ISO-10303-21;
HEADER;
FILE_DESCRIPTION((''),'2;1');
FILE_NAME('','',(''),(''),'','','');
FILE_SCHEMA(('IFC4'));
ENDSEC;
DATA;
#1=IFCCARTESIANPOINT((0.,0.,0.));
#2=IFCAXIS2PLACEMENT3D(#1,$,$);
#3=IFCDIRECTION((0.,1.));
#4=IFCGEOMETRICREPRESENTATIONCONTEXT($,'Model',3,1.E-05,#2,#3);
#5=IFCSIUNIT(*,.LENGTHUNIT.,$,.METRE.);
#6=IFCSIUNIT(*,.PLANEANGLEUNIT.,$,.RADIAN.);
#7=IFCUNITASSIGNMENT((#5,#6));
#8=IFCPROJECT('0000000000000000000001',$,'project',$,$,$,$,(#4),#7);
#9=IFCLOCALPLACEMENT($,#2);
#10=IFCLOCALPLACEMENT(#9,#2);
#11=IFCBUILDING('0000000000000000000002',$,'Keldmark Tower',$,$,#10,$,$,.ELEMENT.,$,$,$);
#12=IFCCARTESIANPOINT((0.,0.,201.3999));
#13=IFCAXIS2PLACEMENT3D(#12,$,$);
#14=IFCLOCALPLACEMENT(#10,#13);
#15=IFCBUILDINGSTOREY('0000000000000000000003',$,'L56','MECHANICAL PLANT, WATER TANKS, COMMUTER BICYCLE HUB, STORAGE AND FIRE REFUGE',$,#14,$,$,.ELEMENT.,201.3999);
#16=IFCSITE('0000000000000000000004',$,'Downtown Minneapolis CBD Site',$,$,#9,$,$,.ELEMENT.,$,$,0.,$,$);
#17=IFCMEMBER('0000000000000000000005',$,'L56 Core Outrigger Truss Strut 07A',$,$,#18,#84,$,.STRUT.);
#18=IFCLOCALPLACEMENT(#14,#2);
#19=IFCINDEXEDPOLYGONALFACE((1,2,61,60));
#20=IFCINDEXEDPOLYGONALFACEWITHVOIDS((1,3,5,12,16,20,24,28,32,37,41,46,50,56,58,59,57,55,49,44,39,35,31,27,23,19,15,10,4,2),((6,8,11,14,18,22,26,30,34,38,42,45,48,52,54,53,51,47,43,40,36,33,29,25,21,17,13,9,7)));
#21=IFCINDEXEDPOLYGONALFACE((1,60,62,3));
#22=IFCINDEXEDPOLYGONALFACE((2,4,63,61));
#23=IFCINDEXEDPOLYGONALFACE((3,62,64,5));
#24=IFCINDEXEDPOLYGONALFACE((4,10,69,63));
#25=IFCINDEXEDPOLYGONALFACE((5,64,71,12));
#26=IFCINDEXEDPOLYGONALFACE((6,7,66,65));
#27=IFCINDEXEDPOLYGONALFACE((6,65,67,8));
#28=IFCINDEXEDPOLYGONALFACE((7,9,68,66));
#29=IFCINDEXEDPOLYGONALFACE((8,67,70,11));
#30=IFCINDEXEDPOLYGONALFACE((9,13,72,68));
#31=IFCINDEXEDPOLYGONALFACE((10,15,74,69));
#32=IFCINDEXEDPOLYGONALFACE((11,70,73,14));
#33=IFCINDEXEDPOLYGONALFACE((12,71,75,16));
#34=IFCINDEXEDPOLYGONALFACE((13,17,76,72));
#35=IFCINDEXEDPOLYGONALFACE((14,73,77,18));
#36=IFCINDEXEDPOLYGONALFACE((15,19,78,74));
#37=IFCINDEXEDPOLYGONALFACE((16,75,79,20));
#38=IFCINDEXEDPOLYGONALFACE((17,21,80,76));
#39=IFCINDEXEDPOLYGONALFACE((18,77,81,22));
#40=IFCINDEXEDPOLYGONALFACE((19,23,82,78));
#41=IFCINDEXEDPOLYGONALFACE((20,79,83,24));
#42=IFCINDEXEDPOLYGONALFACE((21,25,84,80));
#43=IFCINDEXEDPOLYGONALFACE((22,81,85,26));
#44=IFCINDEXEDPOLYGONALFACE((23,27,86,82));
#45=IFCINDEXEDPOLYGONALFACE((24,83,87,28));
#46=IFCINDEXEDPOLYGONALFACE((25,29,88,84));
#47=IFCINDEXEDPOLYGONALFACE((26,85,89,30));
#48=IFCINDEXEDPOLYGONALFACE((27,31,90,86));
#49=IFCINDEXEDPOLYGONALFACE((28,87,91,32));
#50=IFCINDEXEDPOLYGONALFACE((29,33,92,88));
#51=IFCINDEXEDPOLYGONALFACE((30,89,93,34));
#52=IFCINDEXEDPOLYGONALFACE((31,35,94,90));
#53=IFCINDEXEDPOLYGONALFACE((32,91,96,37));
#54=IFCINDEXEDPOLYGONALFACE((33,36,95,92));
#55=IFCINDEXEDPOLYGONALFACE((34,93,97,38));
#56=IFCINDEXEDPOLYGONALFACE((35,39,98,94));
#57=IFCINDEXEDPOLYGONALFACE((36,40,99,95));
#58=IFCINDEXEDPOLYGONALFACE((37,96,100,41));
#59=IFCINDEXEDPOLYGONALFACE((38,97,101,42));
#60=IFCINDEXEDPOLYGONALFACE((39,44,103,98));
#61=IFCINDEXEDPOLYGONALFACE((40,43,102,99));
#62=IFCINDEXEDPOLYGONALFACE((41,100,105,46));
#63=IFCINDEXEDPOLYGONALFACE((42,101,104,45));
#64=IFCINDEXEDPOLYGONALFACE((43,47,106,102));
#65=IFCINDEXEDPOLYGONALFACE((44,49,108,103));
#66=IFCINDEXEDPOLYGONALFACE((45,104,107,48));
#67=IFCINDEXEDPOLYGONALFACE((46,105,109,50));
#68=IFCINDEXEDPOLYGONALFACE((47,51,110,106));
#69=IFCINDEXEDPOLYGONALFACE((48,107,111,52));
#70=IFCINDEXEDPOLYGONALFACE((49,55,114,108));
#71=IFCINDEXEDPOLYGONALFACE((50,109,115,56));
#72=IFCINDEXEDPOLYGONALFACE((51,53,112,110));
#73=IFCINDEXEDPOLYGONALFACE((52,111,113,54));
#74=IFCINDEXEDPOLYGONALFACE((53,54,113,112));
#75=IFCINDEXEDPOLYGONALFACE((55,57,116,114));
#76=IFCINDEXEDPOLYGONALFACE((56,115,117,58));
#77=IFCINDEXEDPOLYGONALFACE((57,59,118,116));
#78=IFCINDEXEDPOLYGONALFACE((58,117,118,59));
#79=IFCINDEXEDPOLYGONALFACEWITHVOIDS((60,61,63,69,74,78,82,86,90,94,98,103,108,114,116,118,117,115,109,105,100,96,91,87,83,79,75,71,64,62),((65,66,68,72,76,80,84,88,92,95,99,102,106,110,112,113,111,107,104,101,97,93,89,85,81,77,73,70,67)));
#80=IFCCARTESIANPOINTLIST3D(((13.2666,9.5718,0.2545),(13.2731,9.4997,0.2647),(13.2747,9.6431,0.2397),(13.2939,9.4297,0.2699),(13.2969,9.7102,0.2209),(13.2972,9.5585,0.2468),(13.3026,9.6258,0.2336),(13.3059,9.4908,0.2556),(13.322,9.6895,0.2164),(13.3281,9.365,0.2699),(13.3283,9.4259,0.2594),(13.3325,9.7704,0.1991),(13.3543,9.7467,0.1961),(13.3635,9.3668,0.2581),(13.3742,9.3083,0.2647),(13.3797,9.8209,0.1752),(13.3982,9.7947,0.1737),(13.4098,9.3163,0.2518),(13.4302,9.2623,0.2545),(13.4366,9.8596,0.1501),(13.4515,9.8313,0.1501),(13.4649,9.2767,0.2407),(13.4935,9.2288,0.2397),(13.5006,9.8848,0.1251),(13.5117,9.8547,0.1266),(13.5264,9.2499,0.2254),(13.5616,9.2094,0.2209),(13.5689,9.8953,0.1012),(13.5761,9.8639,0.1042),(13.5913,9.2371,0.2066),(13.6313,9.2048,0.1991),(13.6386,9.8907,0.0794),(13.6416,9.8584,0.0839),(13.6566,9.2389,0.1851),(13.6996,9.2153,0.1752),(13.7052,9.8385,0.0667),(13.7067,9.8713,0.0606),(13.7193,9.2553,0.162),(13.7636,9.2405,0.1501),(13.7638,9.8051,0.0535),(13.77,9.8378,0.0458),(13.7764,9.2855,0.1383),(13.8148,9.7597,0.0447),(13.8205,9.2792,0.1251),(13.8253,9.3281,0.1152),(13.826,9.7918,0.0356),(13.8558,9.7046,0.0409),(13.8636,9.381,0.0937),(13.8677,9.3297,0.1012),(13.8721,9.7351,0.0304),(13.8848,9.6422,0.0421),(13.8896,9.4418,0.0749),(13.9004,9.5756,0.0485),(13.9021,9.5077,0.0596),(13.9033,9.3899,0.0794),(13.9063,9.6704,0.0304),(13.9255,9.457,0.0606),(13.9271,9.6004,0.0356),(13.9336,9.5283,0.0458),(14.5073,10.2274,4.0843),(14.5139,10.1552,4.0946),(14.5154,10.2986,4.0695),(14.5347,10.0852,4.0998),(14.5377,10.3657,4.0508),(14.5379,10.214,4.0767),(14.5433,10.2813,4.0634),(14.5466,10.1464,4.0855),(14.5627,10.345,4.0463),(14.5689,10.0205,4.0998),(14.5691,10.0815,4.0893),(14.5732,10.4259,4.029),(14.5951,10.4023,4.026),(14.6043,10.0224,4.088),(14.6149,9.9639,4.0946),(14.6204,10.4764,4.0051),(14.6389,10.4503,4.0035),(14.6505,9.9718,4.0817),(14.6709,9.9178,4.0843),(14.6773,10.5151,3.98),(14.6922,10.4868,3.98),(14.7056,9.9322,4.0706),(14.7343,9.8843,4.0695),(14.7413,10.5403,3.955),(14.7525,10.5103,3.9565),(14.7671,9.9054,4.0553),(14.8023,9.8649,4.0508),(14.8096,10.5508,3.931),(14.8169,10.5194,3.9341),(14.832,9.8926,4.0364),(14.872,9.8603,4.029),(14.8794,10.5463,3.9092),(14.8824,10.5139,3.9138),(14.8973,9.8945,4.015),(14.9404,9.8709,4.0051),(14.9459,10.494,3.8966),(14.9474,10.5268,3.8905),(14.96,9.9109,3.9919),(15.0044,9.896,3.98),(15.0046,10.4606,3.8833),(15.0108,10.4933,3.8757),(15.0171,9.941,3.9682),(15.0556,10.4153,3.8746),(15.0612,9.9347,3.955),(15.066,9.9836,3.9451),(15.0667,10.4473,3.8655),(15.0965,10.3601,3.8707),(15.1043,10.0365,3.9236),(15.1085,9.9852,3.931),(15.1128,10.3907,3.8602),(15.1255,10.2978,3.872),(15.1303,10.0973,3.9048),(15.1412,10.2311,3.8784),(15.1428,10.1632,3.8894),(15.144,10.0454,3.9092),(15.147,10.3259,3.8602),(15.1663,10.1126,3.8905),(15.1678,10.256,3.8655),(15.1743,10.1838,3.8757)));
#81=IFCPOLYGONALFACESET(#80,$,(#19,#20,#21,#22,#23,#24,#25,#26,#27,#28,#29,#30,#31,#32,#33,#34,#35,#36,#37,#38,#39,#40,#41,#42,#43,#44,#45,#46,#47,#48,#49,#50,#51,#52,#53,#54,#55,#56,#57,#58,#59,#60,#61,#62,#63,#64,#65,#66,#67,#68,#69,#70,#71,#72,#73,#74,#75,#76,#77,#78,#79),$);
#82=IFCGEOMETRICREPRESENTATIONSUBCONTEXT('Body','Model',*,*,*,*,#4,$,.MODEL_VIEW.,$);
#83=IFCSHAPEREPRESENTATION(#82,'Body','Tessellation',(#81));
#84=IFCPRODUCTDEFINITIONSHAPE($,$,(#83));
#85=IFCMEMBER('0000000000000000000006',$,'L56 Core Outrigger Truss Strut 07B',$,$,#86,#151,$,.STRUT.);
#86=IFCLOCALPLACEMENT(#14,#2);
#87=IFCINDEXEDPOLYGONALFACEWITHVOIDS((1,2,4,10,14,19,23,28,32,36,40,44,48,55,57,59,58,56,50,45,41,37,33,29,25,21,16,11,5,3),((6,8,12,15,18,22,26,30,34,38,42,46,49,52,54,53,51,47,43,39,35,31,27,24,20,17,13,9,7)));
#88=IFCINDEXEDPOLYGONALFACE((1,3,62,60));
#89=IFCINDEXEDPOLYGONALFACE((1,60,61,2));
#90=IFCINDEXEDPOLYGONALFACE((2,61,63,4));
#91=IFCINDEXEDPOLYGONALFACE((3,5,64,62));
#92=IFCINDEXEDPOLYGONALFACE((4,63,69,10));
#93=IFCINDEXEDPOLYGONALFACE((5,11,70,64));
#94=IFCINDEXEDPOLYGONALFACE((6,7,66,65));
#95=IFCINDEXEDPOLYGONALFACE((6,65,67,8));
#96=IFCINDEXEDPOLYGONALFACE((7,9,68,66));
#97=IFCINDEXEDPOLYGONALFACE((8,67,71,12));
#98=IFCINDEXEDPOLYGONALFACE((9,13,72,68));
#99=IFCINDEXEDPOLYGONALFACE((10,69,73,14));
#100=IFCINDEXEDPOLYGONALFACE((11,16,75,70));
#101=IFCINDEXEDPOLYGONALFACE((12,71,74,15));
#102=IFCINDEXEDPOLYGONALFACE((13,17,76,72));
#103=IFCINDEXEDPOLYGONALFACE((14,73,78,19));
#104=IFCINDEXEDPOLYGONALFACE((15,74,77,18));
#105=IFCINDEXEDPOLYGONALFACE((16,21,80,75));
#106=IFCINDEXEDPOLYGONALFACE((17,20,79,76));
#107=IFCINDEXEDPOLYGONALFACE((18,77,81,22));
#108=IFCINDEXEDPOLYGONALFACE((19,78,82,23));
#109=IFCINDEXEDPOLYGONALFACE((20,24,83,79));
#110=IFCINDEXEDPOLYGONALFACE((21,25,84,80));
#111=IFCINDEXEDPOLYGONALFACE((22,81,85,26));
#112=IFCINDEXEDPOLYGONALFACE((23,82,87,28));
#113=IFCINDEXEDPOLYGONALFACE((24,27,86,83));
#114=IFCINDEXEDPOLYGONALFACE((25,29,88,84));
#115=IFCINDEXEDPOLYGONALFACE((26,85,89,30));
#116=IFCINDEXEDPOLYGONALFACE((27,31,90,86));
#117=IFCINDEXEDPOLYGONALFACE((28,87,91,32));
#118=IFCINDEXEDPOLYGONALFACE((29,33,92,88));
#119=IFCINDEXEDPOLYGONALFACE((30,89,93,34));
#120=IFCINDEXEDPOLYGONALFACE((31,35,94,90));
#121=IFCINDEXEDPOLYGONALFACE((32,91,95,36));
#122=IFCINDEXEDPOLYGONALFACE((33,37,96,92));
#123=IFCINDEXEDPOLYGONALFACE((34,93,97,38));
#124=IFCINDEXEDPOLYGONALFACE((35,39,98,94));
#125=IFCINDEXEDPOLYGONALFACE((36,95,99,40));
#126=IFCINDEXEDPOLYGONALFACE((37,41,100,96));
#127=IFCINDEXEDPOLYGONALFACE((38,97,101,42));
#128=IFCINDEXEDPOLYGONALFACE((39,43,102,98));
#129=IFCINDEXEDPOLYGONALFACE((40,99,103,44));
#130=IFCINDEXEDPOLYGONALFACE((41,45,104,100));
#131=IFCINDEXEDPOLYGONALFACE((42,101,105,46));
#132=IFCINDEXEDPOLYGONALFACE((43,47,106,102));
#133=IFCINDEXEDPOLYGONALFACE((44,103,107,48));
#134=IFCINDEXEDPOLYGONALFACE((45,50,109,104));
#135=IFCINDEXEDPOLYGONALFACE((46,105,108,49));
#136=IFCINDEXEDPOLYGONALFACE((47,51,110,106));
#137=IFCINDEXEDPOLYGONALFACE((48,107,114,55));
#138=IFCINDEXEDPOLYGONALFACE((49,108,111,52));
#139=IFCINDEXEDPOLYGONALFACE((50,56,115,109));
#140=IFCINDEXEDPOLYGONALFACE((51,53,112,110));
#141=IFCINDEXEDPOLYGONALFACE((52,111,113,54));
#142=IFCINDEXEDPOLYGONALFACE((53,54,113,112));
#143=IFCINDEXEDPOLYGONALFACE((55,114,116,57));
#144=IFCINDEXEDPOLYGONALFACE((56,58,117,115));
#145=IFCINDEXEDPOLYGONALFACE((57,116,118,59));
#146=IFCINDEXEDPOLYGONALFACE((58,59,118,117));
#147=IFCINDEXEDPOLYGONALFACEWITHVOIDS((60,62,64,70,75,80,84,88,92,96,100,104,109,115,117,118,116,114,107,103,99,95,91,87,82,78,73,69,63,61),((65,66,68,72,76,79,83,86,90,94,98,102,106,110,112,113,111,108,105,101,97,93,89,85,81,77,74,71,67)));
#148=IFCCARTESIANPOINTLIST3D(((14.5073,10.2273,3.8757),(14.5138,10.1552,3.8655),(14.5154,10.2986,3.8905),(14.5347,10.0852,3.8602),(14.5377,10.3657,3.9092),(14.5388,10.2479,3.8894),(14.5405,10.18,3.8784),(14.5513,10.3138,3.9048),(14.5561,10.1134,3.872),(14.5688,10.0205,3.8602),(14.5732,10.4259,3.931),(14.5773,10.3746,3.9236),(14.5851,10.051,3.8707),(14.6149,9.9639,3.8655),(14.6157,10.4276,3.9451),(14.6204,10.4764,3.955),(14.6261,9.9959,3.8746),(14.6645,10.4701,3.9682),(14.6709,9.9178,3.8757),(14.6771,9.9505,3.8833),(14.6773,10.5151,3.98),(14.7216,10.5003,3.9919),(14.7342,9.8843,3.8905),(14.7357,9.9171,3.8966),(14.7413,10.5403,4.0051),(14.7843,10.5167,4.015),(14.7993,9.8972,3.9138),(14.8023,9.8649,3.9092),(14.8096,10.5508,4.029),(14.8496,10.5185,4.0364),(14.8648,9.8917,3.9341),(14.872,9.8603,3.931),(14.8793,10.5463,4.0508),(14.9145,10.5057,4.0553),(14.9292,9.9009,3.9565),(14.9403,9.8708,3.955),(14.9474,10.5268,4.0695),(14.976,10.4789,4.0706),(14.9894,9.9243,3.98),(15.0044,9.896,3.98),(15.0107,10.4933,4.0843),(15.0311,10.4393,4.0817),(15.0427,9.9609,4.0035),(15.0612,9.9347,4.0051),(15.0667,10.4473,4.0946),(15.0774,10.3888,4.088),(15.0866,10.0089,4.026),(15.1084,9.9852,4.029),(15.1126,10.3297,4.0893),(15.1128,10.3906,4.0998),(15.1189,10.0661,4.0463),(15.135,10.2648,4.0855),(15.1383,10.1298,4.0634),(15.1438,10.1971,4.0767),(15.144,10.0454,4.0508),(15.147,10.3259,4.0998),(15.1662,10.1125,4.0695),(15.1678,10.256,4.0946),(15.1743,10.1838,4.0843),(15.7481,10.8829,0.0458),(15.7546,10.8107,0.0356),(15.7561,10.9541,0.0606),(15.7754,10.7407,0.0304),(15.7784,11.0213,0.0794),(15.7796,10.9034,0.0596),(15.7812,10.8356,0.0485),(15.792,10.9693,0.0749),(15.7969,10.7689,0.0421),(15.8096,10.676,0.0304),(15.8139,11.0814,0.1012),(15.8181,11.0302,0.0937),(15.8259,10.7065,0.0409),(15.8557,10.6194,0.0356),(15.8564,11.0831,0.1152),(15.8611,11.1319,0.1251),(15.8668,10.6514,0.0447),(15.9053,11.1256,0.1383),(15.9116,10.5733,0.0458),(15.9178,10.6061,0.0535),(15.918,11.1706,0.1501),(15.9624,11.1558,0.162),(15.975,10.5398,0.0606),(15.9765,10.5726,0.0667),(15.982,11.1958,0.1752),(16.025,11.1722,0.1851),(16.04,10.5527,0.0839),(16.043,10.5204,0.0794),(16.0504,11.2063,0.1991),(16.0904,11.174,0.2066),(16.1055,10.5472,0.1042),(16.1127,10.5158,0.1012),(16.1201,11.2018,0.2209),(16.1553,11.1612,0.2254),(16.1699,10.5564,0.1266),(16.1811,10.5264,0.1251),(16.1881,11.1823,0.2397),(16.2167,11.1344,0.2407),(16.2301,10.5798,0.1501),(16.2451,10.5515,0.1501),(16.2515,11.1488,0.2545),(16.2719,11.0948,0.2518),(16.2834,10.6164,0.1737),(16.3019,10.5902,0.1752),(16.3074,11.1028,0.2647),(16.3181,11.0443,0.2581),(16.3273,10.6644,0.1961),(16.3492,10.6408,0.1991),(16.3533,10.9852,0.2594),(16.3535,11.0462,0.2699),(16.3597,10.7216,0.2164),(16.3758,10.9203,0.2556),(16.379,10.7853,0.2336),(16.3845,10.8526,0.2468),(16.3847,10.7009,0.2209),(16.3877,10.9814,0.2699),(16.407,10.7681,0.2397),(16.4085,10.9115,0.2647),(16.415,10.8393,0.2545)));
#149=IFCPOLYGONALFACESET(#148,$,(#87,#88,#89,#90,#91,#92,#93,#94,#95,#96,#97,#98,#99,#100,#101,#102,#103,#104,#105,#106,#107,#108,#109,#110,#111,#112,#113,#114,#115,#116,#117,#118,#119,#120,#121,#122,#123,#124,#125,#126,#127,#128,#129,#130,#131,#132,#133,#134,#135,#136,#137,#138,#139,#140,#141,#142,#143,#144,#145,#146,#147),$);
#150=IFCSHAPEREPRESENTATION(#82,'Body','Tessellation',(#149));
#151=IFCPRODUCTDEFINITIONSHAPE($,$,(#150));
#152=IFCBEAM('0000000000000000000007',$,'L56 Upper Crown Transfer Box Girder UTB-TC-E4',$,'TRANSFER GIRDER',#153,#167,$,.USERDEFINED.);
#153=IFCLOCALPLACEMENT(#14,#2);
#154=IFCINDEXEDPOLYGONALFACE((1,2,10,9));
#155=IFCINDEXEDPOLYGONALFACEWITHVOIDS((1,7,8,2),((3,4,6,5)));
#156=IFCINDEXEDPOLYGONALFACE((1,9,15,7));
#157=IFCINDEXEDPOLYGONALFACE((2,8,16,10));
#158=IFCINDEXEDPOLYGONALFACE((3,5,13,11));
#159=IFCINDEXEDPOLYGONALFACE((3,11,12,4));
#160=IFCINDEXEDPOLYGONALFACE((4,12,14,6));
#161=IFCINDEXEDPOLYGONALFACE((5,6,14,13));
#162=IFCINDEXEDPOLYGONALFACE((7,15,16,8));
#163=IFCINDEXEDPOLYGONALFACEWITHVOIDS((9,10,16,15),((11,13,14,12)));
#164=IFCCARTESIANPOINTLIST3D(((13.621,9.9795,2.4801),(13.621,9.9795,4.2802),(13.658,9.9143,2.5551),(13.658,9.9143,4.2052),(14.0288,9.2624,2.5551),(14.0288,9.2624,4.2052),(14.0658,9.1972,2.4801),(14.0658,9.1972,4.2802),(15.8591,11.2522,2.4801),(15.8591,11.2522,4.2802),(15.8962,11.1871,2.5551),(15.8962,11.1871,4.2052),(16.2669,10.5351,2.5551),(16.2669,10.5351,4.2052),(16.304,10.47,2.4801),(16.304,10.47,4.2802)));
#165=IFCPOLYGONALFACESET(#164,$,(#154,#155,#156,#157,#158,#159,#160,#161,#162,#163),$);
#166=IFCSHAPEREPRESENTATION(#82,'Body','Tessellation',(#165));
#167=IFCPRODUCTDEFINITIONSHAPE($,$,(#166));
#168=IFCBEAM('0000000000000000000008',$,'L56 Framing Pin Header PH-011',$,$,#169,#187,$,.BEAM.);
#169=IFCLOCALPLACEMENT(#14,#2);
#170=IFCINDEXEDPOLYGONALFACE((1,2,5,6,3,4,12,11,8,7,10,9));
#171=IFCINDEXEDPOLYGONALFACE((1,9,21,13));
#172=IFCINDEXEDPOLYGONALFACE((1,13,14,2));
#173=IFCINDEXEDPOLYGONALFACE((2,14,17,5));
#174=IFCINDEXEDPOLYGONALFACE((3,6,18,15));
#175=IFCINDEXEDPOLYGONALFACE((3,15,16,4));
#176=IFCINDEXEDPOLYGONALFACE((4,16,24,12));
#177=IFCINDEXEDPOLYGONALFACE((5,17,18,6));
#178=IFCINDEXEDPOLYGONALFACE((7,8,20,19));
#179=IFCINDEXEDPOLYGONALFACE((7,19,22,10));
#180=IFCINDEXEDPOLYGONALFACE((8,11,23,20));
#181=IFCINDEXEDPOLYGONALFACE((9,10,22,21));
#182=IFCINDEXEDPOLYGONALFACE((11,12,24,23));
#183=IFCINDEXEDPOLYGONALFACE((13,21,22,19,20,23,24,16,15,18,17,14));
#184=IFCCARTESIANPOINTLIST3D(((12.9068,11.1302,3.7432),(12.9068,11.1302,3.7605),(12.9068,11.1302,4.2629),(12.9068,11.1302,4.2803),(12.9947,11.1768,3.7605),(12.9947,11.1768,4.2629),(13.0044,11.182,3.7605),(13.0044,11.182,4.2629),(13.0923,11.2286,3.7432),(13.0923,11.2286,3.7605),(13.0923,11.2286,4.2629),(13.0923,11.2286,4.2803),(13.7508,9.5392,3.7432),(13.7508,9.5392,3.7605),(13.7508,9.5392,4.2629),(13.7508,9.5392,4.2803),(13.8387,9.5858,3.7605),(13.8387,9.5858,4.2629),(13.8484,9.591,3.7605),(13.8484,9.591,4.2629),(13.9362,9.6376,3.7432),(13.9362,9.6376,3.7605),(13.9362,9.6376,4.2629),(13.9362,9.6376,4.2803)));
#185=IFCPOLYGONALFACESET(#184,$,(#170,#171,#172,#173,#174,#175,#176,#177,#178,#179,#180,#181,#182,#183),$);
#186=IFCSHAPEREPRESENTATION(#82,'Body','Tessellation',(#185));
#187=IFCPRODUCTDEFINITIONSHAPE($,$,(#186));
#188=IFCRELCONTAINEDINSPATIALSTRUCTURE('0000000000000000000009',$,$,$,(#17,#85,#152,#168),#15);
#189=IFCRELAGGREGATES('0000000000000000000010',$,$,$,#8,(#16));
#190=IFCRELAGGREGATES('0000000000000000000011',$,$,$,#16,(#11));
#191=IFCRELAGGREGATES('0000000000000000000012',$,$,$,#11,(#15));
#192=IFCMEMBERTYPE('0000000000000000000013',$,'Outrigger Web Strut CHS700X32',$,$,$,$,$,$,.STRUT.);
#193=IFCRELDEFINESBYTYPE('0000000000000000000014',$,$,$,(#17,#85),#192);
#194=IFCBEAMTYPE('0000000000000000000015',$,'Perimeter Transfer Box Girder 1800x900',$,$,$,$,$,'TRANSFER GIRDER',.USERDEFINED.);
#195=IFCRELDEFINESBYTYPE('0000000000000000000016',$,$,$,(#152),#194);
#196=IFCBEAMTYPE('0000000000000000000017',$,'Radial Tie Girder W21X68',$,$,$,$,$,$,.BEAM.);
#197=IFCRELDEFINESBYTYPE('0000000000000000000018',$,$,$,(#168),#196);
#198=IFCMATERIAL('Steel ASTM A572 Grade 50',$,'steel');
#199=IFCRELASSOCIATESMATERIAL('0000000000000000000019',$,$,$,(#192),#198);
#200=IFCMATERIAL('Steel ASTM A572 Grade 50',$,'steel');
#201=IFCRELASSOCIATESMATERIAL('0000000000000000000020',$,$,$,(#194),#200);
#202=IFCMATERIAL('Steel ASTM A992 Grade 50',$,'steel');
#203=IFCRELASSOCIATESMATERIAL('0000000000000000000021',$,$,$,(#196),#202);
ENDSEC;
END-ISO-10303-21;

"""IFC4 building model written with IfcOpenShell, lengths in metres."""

from ifc_helpers import new_model, si_unit, direction, frame, origin, origin_2d, place, context, subcontext, project, spatial, hollow_rectangle, hollow_circle, i_section, extrude, material, material_profile, profile_set, type_object, element, save


model = new_model("IFC4")

# Units and contexts
model_context = context("Model", 3, precision=1e-05, world=origin(), true_north=direction((0.0, 1.0)))
body_context = subcontext(model_context, "Body", "Model", "MODEL_VIEW")
ifc_project = project(units=[si_unit("LENGTHUNIT", "METRE"), si_unit("PLANEANGLEUNIT", "RADIAN")], contexts=[model_context])

# Site, building, storey
site_placement = place(None, origin())
site = spatial("IfcSite", under=ifc_project, at=site_placement, Name="Downtown Minneapolis CBD Site", CompositionType="ELEMENT", RefElevation=0.0)
building_placement = place(site_placement, origin())
building = spatial("IfcBuilding", under=site, at=building_placement, Name="Keldmark Tower", CompositionType="ELEMENT")
storey_placement = place(building_placement, frame((0.0, 0.0, 201.3999)))
storey = spatial("IfcBuildingStorey", under=building, at=storey_placement, Name="L56", Description="MECHANICAL PLANT, WATER TANKS, COMMUTER BICYCLE HUB, STORAGE AND FIRE REFUGE", CompositionType="ELEMENT", Elevation=201.3999)

# Members
ifc_material_1 = material(Name="Steel ASTM A572 Grade 50", Category="steel")
ifc_material_profile_1 = material_profile(ifc_material_1, hollow_circle(Radius=0.3501, WallThickness=0.032, at=origin_2d()), Name="CHS700X32")
ifc_profile_set_1 = profile_set([ifc_material_profile_1], Name="Steel ASTM A572 Grade 50")
member_type_1 = type_object("IfcMemberType", Name="Outrigger Web Strut CHS700X32", PredefinedType="STRUT", material=ifc_profile_set_1)
for number, where, z_axis, x_axis, name in (
    (1, (13.6001, 9.55, 0.1501), (0.304187, 0.160713, 0.938958), (-0.467144, 0.884181, 0.0), "L56 Core Outrigger Truss Strut 07A"),
    (2, (16.0815, 10.8611, 0.1501), (-0.304187, -0.160713, 0.938958), (0.467144, -0.884181, 0.0), "L56 Core Outrigger Truss Strut 07B"),
):
    element("IfcMember", number, at=place(storey_placement, frame(where, z_axis=z_axis, x_axis=x_axis)), inside=storey, type_object=member_type_1, Name=name, PredefinedType="STRUT", context=body_context, shape_type="SweptSolid", body=[
        extrude(hollow_circle(Radius=0.3501, WallThickness=0.032, at=origin_2d()), origin(), (0.0, 0.0, 1.0), 4.0789),
    ])

# Beams
ifc_material_2 = material(Name="Steel ASTM A572 Grade 50", Category="steel")
ifc_material_profile_2 = material_profile(ifc_material_2, hollow_rectangle(XDim=0.8999, YDim=1.8, WallThickness=0.075, at=origin_2d()), Name="TBOX1800X900X75")
ifc_profile_set_2 = profile_set([ifc_material_profile_2], Name="Steel ASTM A572 Grade 50")
beam_type_1 = type_object("IfcBeamType", Name="Perimeter Transfer Box Girder 1800x900", ElementType="TRANSFER GIRDER", PredefinedType="USERDEFINED", material=ifc_profile_set_2)
beam_1_placement = place(storey_placement, frame((16.0815, 10.8611, 3.3801), z_axis=(-0.869274, -0.49433, 0.0), x_axis=(0.49433, -0.869274, 0.0)))
element("IfcBeam", 3, at=beam_1_placement, inside=storey, type_object=beam_type_1, Name="L56 Upper Crown Transfer Box Girder UTB-TC-E4", ObjectType="TRANSFER GIRDER", PredefinedType="USERDEFINED", context=body_context, shape_type="SweptSolid", body=[
    extrude(hollow_rectangle(XDim=0.8999, YDim=1.8, WallThickness=0.075, at=origin_2d()), origin(), (0.0, 0.0, 1.0), 2.5747),
])
ifc_material_3 = material(Name="Steel ASTM A992 Grade 50", Category="steel")
ifc_material_profile_3 = material_profile(ifc_material_3, i_section(OverallWidth=0.21, OverallDepth=0.5371, WebThickness=0.011, FlangeThickness=0.0173, at=origin_2d()), Name="W21X68")
ifc_profile_set_3 = profile_set([ifc_material_profile_3], Name="Steel ASTM A992 Grade 50")
beam_type_2 = type_object("IfcBeamType", Name="Radial Tie Girder W21X68", PredefinedType="BEAM", material=ifc_profile_set_3)
beam_2_placement = place(storey_placement, frame((13.8435, 9.5884, 4.0117), z_axis=(-0.46861, 0.883405, 0.0), x_axis=(-0.883405, -0.46861, 0.0)))
element("IfcBeam", 4, at=beam_2_placement, inside=storey, type_object=beam_type_2, Name="L56 Framing Pin Header PH-011", PredefinedType="BEAM", context=body_context, shape_type="SweptSolid", body=[
    extrude(i_section(OverallWidth=0.21, OverallDepth=0.5371, WebThickness=0.011, FlangeThickness=0.0173, at=origin_2d()), origin(), (0.0, 0.0, 1.0), 1.801),
])

save(model, "model.ifc")
